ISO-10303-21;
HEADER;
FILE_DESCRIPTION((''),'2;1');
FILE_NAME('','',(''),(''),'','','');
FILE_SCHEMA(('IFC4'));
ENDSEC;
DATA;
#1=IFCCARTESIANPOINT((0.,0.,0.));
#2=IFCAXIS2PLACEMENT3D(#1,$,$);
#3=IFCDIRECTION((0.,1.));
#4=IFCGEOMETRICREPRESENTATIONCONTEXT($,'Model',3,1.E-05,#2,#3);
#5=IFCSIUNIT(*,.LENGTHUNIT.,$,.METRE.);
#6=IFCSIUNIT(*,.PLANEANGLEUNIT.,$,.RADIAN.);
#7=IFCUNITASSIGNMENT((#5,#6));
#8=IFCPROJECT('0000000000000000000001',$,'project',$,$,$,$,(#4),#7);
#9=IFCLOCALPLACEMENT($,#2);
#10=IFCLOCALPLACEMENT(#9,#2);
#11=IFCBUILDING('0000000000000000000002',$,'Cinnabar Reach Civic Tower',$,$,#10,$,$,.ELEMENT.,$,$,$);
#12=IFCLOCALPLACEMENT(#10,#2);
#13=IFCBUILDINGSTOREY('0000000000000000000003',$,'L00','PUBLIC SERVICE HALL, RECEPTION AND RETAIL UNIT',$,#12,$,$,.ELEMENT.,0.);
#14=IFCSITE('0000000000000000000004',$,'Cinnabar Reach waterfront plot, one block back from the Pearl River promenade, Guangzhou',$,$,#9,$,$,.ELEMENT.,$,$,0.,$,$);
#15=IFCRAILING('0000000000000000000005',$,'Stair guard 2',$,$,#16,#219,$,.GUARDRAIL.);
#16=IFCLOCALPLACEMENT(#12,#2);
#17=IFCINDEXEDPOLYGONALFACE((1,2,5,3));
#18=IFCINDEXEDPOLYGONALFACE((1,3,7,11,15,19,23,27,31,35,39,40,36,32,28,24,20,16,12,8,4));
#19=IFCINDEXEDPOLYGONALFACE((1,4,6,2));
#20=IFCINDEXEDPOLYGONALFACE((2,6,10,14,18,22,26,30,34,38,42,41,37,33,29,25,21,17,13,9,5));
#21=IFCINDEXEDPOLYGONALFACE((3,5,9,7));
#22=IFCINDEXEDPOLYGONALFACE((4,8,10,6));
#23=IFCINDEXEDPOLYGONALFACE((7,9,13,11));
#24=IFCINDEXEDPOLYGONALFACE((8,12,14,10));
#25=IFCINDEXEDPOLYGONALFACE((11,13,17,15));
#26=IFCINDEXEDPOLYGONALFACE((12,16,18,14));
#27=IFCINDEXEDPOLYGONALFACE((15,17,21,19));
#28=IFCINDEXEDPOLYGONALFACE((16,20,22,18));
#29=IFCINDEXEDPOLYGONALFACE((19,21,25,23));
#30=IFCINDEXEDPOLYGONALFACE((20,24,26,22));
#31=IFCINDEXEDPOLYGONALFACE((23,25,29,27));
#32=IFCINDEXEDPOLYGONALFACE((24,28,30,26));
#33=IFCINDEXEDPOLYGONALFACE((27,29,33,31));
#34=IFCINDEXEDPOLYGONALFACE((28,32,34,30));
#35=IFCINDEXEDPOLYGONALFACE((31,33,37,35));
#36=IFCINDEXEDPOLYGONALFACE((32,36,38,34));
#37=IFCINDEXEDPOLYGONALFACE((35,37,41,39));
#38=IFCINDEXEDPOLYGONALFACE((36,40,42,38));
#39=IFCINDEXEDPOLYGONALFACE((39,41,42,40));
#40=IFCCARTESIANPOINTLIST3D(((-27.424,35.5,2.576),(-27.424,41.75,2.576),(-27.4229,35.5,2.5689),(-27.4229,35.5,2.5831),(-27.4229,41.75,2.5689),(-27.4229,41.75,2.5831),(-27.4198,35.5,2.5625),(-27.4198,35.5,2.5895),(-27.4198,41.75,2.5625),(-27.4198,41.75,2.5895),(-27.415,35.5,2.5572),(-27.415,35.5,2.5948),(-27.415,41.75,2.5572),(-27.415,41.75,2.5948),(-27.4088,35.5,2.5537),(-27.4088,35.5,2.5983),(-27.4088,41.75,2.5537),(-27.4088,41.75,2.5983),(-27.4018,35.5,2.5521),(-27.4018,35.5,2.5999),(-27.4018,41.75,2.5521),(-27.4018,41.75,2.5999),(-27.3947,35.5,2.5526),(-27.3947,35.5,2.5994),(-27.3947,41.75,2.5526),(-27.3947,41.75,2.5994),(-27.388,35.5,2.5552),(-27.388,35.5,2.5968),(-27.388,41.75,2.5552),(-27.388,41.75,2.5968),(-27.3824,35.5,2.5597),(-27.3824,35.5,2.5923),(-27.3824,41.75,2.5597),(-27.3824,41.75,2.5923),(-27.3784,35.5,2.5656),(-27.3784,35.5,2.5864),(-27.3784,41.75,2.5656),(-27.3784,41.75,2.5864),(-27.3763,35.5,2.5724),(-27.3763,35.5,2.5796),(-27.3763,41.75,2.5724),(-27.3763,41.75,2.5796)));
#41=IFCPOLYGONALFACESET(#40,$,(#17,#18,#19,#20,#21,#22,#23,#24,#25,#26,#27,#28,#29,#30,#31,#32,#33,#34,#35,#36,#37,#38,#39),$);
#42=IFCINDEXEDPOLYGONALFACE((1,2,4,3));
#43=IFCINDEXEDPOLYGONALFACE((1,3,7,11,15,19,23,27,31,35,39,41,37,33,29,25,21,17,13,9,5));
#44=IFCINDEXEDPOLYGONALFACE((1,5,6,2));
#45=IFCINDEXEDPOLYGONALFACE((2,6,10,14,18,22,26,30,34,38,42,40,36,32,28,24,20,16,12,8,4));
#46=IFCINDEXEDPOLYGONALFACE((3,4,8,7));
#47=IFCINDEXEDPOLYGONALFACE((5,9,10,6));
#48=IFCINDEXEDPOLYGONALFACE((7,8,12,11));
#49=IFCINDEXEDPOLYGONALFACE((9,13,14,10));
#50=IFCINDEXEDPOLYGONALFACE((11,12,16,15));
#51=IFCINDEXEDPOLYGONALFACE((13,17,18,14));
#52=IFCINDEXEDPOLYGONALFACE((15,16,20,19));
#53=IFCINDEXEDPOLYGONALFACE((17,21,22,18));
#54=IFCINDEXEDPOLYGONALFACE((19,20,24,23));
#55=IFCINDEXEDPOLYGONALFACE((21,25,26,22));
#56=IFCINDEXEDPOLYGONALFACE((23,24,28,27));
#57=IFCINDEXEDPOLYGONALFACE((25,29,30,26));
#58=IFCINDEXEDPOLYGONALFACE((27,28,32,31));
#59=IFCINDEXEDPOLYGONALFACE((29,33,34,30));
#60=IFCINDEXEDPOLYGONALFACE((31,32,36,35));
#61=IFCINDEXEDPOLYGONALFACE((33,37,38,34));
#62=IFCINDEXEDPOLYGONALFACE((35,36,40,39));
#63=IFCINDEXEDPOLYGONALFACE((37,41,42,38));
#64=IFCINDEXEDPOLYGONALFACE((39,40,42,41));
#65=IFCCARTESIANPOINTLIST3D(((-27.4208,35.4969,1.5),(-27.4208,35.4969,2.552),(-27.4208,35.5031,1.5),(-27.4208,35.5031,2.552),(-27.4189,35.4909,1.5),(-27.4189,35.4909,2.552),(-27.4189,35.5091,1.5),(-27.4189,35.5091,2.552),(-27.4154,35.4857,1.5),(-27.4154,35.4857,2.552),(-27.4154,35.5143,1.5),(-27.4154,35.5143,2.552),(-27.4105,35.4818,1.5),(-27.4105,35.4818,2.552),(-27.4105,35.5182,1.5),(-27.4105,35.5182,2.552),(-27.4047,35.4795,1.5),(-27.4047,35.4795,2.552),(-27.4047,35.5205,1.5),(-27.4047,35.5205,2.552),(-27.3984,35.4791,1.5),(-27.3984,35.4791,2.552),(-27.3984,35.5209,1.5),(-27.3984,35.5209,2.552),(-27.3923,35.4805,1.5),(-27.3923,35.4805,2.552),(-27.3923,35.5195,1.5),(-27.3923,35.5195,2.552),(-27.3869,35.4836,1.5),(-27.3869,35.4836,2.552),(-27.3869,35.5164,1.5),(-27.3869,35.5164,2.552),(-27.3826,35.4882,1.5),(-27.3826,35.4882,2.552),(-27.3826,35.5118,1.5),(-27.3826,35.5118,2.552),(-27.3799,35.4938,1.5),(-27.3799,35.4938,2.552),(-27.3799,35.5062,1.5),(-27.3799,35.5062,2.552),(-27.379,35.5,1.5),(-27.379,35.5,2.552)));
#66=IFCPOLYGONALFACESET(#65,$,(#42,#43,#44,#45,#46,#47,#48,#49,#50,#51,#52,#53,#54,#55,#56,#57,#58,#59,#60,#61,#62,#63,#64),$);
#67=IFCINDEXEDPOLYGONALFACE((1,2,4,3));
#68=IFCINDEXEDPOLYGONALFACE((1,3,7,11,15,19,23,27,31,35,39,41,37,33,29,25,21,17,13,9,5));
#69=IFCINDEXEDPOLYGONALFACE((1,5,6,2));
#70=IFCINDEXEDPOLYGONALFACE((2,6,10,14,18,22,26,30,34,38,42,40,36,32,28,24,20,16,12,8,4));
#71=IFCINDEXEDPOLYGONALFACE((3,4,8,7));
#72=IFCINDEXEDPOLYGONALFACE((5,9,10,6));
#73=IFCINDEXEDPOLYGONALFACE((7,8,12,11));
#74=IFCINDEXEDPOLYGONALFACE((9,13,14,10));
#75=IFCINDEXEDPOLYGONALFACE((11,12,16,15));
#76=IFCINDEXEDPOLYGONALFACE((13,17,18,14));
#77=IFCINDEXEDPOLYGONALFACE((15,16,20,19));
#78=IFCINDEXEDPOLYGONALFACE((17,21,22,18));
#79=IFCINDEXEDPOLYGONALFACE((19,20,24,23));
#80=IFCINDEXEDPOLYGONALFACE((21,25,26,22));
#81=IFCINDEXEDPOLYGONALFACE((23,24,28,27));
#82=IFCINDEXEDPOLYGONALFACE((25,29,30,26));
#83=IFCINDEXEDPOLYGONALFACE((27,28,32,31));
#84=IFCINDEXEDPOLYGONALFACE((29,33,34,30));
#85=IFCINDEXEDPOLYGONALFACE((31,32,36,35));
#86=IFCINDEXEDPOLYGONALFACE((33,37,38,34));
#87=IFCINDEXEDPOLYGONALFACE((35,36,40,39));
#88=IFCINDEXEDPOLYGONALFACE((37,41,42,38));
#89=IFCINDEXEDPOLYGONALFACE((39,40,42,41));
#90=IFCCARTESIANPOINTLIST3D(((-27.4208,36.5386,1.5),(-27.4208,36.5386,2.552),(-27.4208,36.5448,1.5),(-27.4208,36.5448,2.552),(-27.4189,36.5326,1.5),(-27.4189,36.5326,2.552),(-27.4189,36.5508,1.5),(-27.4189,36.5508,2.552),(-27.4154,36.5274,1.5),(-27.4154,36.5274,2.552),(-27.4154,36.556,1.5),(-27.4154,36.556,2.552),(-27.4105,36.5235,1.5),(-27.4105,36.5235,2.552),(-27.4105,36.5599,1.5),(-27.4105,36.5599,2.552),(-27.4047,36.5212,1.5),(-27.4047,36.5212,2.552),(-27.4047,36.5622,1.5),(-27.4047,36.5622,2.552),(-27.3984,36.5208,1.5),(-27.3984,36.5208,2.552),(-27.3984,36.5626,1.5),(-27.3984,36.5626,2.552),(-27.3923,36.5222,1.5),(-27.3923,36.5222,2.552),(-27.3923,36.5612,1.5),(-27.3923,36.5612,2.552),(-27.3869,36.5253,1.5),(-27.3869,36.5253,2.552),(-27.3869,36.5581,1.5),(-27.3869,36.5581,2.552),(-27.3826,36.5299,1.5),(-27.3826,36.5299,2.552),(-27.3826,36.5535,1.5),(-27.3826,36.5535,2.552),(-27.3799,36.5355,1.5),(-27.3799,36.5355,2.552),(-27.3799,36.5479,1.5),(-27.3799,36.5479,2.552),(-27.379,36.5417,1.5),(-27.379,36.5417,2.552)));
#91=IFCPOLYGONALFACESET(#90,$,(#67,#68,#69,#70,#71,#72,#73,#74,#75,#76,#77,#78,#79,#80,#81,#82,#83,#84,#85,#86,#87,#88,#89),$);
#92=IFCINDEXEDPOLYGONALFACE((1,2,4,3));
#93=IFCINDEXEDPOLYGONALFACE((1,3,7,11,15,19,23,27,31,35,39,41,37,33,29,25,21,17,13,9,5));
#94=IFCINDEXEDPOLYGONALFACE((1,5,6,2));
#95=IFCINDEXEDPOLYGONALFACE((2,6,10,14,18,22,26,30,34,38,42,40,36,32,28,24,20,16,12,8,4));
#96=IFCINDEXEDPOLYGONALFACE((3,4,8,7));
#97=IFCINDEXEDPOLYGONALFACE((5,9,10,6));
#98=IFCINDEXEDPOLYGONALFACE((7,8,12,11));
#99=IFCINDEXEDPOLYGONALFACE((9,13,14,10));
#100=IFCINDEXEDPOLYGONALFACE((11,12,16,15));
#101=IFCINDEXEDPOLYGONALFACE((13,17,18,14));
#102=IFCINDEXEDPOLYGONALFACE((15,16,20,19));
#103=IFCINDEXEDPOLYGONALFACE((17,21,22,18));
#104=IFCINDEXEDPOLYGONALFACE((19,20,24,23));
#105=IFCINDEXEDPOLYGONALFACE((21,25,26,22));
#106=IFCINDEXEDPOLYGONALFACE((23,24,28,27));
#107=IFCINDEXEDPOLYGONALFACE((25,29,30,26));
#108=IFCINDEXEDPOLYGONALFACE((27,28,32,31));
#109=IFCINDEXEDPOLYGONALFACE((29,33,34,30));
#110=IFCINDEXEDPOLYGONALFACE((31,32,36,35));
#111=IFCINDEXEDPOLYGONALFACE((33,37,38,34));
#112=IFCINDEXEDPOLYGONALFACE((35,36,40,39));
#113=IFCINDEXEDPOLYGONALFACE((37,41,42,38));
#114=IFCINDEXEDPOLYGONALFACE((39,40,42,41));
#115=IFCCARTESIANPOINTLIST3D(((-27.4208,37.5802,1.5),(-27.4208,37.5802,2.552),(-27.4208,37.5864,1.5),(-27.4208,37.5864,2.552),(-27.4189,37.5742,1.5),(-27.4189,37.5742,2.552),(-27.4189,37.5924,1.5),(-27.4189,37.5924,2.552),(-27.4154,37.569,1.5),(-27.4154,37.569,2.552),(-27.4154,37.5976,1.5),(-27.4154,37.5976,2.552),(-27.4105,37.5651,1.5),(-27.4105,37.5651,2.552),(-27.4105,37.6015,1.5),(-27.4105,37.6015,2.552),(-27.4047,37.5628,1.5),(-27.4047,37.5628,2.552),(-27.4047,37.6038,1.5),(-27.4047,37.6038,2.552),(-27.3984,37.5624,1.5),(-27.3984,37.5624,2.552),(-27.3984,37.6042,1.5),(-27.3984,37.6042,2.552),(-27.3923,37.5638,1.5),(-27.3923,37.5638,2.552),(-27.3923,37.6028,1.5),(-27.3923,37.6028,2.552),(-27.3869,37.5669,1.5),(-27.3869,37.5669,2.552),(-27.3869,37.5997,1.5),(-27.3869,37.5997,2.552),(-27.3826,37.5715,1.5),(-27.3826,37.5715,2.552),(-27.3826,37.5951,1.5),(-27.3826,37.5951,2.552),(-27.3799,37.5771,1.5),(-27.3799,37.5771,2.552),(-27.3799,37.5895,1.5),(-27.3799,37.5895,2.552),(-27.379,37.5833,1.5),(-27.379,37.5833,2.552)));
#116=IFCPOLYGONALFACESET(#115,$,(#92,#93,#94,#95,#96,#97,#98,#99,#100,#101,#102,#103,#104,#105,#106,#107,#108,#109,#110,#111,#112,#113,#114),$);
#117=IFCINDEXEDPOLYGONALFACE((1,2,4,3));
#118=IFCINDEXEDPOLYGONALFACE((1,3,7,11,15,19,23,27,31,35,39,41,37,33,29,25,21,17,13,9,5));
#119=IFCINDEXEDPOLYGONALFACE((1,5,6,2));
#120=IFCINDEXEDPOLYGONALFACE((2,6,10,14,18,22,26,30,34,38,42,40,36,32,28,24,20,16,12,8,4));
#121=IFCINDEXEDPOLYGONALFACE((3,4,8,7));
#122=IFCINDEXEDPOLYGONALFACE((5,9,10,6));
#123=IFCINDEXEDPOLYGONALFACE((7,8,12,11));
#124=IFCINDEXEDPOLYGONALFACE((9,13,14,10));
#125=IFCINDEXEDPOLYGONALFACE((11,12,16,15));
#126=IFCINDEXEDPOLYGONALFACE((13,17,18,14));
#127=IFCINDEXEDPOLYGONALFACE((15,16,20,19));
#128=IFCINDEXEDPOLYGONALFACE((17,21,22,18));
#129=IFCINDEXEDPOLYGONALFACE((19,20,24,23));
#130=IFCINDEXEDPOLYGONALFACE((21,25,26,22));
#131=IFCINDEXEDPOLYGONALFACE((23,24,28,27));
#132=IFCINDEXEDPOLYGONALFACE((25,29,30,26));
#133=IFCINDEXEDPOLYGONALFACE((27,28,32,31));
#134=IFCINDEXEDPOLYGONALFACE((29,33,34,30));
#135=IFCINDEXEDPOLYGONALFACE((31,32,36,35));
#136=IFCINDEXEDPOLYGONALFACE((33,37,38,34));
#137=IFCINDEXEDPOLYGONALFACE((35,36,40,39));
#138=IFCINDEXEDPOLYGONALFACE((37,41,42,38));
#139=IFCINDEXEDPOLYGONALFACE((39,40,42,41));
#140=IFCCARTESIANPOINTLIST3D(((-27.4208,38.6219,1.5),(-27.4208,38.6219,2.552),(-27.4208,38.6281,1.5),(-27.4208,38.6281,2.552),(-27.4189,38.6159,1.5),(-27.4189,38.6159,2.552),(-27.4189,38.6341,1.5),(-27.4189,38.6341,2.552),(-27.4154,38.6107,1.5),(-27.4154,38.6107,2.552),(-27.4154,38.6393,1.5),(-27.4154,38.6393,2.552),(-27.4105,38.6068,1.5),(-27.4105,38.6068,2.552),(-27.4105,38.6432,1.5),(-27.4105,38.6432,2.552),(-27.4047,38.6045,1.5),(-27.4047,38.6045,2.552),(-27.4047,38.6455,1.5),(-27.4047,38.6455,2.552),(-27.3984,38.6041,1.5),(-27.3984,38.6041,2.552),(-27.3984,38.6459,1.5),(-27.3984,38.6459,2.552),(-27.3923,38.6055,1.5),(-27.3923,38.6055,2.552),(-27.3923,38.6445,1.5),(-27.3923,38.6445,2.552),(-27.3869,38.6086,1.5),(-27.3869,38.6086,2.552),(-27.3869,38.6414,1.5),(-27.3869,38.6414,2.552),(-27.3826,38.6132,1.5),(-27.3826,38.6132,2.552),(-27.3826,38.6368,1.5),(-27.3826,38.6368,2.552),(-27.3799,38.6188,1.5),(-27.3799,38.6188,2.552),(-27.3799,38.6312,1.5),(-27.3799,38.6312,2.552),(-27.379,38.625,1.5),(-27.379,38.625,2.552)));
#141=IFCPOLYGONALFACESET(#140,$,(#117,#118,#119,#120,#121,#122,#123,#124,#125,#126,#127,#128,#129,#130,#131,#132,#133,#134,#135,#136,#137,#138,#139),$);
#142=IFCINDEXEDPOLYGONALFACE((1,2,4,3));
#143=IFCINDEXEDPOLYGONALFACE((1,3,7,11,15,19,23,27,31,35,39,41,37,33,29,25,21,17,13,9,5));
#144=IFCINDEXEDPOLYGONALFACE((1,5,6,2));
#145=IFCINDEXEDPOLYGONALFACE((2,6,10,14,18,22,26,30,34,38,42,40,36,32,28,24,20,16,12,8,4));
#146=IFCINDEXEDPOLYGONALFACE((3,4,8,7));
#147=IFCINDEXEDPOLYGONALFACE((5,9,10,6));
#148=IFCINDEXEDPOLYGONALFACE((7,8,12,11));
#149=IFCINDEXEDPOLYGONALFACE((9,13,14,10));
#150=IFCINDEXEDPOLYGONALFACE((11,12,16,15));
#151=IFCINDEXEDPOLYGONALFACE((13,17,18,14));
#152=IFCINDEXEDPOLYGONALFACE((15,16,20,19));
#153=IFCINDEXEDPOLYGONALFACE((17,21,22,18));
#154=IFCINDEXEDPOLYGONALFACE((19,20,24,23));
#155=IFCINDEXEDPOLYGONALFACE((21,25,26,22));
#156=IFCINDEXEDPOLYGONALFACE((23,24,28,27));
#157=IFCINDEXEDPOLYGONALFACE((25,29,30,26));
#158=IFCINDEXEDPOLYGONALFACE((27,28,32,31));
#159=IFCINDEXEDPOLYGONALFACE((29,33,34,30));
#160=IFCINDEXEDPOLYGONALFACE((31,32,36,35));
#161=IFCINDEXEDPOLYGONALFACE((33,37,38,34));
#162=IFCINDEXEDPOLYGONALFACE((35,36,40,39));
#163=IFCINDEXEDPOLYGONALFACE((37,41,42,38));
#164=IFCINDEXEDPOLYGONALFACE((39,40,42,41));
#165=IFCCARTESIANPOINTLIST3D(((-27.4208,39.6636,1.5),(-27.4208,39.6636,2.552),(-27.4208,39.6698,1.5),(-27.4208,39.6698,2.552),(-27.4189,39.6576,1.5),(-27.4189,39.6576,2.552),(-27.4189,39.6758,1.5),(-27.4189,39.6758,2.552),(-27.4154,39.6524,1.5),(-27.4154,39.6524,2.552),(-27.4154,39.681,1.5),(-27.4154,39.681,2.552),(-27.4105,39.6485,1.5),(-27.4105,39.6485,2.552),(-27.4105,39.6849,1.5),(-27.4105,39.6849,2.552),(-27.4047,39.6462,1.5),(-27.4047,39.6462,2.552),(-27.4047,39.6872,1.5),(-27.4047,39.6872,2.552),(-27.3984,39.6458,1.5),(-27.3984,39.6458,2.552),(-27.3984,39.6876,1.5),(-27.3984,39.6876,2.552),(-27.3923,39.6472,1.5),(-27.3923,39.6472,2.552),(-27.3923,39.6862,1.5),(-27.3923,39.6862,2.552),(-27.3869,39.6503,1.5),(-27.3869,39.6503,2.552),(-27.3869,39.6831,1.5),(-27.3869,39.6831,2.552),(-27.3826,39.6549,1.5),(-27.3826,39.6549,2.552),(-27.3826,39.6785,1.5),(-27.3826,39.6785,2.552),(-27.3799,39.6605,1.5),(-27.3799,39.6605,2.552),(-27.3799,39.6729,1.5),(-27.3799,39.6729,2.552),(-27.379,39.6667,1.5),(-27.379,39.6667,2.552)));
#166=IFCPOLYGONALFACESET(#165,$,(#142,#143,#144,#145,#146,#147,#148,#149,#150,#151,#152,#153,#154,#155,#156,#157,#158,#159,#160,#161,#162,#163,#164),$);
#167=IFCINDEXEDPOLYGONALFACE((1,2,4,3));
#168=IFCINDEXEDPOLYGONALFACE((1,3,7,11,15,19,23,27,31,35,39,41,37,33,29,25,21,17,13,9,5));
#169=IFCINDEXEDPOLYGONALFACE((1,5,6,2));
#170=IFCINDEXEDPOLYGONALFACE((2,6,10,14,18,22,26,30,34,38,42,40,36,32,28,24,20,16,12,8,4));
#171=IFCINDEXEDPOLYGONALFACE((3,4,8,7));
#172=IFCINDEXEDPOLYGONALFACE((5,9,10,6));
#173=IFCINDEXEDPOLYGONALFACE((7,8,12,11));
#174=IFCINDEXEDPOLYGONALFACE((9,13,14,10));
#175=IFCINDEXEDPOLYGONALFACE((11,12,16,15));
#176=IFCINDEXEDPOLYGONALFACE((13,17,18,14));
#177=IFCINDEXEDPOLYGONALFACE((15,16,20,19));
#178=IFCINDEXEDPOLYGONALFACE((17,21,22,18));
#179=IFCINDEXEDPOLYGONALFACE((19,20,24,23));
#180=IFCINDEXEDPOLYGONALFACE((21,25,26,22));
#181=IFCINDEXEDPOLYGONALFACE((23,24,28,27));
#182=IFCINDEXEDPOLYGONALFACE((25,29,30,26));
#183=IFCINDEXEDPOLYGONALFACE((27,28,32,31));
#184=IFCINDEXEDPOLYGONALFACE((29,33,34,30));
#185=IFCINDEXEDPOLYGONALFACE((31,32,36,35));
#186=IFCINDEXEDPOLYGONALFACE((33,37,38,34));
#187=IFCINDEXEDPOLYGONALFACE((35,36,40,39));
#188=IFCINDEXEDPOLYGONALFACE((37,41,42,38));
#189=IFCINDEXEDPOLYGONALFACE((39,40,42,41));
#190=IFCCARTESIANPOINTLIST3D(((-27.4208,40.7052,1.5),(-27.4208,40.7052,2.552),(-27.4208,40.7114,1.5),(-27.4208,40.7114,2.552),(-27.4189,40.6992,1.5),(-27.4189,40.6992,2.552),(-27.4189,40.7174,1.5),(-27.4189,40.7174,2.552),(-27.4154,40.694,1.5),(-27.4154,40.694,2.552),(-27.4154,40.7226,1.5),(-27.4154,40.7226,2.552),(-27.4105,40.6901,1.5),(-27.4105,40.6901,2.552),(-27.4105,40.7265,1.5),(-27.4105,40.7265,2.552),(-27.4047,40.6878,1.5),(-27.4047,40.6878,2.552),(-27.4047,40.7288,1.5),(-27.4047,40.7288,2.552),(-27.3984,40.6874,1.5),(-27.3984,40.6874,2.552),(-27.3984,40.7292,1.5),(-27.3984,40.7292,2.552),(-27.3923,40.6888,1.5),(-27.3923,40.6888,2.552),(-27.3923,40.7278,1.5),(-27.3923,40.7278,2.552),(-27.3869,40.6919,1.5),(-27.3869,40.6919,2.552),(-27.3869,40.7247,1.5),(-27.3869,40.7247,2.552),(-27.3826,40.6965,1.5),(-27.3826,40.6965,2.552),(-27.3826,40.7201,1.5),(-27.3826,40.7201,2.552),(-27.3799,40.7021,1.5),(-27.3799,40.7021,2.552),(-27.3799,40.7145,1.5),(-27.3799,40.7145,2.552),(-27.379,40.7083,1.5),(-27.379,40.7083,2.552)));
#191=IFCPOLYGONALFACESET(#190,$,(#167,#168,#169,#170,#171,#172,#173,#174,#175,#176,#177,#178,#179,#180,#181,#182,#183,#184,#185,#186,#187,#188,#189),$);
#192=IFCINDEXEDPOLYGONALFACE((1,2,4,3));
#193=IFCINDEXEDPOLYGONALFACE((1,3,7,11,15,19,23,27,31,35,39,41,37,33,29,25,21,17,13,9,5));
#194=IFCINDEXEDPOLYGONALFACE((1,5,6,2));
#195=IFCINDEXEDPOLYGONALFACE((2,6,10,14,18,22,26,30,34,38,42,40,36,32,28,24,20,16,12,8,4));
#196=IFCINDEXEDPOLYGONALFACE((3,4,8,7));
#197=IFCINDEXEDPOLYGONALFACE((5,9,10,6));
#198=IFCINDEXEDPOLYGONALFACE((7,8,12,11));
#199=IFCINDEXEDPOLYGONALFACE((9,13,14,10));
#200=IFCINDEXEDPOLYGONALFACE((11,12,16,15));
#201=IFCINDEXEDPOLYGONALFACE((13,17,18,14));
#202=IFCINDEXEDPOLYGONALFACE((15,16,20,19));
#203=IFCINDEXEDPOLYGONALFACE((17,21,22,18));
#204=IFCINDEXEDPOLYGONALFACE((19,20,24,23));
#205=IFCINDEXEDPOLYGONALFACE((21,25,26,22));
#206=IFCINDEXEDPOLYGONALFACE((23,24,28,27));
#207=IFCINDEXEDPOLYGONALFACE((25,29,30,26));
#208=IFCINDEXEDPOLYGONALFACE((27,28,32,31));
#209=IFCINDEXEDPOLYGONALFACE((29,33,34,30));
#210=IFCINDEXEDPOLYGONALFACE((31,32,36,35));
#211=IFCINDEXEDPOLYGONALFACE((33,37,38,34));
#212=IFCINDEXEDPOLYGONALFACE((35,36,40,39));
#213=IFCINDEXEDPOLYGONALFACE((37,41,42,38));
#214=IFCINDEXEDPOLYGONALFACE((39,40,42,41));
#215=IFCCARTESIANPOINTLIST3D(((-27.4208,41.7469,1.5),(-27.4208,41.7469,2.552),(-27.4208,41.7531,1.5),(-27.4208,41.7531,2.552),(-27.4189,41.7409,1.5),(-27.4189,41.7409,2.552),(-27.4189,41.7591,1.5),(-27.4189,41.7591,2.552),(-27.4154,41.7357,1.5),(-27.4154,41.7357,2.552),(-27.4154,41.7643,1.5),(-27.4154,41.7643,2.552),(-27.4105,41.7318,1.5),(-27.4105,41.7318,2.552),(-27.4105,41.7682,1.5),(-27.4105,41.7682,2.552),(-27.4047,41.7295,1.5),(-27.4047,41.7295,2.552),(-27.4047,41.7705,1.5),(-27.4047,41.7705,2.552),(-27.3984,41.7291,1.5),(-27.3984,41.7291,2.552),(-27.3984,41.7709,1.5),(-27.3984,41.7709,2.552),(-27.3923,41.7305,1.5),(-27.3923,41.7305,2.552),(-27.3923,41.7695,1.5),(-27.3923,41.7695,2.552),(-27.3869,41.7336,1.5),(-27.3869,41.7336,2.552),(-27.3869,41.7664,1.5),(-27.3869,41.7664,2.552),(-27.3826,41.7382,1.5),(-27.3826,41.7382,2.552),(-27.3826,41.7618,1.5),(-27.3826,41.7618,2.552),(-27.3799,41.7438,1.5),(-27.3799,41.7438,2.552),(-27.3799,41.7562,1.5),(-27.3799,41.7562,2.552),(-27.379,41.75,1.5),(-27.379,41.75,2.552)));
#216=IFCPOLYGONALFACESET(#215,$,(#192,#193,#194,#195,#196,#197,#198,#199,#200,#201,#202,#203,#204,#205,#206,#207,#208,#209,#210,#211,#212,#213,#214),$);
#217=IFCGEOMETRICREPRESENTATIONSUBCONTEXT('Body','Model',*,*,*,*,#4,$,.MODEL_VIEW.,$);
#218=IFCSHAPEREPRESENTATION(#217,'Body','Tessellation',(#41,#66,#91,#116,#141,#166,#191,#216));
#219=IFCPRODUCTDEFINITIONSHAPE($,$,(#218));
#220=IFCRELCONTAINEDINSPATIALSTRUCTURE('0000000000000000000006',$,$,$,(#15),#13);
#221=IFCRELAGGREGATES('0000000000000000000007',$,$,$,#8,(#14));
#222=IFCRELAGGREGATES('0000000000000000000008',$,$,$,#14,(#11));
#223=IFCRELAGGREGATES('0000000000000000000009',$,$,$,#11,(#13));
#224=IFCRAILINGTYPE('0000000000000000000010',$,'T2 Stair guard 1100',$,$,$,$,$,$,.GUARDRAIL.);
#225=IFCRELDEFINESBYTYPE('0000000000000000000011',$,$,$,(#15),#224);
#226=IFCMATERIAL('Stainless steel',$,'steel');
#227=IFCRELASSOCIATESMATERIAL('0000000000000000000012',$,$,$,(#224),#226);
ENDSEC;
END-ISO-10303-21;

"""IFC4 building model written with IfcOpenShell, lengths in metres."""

from ifc_helpers import new_model, si_unit, direction, frame, origin, origin_2d, place, context, subcontext, project, spatial, circle, extrude, material, type_object, element, save


model = new_model("IFC4")

# Units and contexts
model_context = context("Model", 3, precision=1e-05, world=origin(), true_north=direction((0.0, 1.0)))
body_context = subcontext(model_context, "Body", "Model", "MODEL_VIEW")
ifc_project = project(units=[si_unit("LENGTHUNIT", "METRE"), si_unit("PLANEANGLEUNIT", "RADIAN")], contexts=[model_context])

# Site, building, storey
site_placement = place(None, origin())
site = spatial("IfcSite", under=ifc_project, at=site_placement, Name="Cinnabar Reach waterfront plot, one block back from the Pearl River promenade, Guangzhou", CompositionType="ELEMENT", RefElevation=0.0)
building_placement = place(site_placement, origin())
building = spatial("IfcBuilding", under=site, at=building_placement, Name="Cinnabar Reach Civic Tower", CompositionType="ELEMENT")
storey_placement = place(building_placement, origin())
storey = spatial("IfcBuildingStorey", under=building, at=storey_placement, Name="L00", Description="PUBLIC SERVICE HALL, RECEPTION AND RETAIL UNIT", CompositionType="ELEMENT", Elevation=0.0)

# Railing
ifc_material_1 = material(Name="Stainless steel", Category="steel")
railing_type = type_object("IfcRailingType", Name="T2 Stair guard 1100", PredefinedType="GUARDRAIL", material=ifc_material_1)
for number, where, name in (
    (1, (-27.4, 35.5, 1.5), "Stair guard 2"),
):
    element("IfcRailing", number, at=place(storey_placement, frame(where)), inside=storey, type_object=railing_type, Name=name, PredefinedType="GUARDRAIL", context=body_context, shape_type="SweptSolid", body=[
        extrude(circle(Radius=0.024, at=origin_2d()), frame((0.0, 0.0, 1.076), z_axis=(0.0, 1.0, 0.0), x_axis=(-1.0, 0.0, 0.0)), (0.0, 0.0, 1.0), 6.25),
        extrude(circle(Radius=0.021, at=origin_2d()), origin(), (0.0, 0.0, 1.0), 1.052),
        extrude(circle(Radius=0.021, at=origin_2d()), frame((0.0, 1.0417, 0.0)), (0.0, 0.0, 1.0), 1.052),
        extrude(circle(Radius=0.021, at=origin_2d()), frame((0.0, 2.0833, 0.0)), (0.0, 0.0, 1.0), 1.052),
        extrude(circle(Radius=0.021, at=origin_2d()), frame((0.0, 3.125, 0.0)), (0.0, 0.0, 1.0), 1.052),
        extrude(circle(Radius=0.021, at=origin_2d()), frame((0.0, 4.1667, 0.0)), (0.0, 0.0, 1.0), 1.052),
        extrude(circle(Radius=0.021, at=origin_2d()), frame((0.0, 5.2083, 0.0)), (0.0, 0.0, 1.0), 1.052),
        extrude(circle(Radius=0.021, at=origin_2d()), frame((0.0, 6.25, 0.0)), (0.0, 0.0, 1.0), 1.052),
    ])

save(model, "model.ifc")
